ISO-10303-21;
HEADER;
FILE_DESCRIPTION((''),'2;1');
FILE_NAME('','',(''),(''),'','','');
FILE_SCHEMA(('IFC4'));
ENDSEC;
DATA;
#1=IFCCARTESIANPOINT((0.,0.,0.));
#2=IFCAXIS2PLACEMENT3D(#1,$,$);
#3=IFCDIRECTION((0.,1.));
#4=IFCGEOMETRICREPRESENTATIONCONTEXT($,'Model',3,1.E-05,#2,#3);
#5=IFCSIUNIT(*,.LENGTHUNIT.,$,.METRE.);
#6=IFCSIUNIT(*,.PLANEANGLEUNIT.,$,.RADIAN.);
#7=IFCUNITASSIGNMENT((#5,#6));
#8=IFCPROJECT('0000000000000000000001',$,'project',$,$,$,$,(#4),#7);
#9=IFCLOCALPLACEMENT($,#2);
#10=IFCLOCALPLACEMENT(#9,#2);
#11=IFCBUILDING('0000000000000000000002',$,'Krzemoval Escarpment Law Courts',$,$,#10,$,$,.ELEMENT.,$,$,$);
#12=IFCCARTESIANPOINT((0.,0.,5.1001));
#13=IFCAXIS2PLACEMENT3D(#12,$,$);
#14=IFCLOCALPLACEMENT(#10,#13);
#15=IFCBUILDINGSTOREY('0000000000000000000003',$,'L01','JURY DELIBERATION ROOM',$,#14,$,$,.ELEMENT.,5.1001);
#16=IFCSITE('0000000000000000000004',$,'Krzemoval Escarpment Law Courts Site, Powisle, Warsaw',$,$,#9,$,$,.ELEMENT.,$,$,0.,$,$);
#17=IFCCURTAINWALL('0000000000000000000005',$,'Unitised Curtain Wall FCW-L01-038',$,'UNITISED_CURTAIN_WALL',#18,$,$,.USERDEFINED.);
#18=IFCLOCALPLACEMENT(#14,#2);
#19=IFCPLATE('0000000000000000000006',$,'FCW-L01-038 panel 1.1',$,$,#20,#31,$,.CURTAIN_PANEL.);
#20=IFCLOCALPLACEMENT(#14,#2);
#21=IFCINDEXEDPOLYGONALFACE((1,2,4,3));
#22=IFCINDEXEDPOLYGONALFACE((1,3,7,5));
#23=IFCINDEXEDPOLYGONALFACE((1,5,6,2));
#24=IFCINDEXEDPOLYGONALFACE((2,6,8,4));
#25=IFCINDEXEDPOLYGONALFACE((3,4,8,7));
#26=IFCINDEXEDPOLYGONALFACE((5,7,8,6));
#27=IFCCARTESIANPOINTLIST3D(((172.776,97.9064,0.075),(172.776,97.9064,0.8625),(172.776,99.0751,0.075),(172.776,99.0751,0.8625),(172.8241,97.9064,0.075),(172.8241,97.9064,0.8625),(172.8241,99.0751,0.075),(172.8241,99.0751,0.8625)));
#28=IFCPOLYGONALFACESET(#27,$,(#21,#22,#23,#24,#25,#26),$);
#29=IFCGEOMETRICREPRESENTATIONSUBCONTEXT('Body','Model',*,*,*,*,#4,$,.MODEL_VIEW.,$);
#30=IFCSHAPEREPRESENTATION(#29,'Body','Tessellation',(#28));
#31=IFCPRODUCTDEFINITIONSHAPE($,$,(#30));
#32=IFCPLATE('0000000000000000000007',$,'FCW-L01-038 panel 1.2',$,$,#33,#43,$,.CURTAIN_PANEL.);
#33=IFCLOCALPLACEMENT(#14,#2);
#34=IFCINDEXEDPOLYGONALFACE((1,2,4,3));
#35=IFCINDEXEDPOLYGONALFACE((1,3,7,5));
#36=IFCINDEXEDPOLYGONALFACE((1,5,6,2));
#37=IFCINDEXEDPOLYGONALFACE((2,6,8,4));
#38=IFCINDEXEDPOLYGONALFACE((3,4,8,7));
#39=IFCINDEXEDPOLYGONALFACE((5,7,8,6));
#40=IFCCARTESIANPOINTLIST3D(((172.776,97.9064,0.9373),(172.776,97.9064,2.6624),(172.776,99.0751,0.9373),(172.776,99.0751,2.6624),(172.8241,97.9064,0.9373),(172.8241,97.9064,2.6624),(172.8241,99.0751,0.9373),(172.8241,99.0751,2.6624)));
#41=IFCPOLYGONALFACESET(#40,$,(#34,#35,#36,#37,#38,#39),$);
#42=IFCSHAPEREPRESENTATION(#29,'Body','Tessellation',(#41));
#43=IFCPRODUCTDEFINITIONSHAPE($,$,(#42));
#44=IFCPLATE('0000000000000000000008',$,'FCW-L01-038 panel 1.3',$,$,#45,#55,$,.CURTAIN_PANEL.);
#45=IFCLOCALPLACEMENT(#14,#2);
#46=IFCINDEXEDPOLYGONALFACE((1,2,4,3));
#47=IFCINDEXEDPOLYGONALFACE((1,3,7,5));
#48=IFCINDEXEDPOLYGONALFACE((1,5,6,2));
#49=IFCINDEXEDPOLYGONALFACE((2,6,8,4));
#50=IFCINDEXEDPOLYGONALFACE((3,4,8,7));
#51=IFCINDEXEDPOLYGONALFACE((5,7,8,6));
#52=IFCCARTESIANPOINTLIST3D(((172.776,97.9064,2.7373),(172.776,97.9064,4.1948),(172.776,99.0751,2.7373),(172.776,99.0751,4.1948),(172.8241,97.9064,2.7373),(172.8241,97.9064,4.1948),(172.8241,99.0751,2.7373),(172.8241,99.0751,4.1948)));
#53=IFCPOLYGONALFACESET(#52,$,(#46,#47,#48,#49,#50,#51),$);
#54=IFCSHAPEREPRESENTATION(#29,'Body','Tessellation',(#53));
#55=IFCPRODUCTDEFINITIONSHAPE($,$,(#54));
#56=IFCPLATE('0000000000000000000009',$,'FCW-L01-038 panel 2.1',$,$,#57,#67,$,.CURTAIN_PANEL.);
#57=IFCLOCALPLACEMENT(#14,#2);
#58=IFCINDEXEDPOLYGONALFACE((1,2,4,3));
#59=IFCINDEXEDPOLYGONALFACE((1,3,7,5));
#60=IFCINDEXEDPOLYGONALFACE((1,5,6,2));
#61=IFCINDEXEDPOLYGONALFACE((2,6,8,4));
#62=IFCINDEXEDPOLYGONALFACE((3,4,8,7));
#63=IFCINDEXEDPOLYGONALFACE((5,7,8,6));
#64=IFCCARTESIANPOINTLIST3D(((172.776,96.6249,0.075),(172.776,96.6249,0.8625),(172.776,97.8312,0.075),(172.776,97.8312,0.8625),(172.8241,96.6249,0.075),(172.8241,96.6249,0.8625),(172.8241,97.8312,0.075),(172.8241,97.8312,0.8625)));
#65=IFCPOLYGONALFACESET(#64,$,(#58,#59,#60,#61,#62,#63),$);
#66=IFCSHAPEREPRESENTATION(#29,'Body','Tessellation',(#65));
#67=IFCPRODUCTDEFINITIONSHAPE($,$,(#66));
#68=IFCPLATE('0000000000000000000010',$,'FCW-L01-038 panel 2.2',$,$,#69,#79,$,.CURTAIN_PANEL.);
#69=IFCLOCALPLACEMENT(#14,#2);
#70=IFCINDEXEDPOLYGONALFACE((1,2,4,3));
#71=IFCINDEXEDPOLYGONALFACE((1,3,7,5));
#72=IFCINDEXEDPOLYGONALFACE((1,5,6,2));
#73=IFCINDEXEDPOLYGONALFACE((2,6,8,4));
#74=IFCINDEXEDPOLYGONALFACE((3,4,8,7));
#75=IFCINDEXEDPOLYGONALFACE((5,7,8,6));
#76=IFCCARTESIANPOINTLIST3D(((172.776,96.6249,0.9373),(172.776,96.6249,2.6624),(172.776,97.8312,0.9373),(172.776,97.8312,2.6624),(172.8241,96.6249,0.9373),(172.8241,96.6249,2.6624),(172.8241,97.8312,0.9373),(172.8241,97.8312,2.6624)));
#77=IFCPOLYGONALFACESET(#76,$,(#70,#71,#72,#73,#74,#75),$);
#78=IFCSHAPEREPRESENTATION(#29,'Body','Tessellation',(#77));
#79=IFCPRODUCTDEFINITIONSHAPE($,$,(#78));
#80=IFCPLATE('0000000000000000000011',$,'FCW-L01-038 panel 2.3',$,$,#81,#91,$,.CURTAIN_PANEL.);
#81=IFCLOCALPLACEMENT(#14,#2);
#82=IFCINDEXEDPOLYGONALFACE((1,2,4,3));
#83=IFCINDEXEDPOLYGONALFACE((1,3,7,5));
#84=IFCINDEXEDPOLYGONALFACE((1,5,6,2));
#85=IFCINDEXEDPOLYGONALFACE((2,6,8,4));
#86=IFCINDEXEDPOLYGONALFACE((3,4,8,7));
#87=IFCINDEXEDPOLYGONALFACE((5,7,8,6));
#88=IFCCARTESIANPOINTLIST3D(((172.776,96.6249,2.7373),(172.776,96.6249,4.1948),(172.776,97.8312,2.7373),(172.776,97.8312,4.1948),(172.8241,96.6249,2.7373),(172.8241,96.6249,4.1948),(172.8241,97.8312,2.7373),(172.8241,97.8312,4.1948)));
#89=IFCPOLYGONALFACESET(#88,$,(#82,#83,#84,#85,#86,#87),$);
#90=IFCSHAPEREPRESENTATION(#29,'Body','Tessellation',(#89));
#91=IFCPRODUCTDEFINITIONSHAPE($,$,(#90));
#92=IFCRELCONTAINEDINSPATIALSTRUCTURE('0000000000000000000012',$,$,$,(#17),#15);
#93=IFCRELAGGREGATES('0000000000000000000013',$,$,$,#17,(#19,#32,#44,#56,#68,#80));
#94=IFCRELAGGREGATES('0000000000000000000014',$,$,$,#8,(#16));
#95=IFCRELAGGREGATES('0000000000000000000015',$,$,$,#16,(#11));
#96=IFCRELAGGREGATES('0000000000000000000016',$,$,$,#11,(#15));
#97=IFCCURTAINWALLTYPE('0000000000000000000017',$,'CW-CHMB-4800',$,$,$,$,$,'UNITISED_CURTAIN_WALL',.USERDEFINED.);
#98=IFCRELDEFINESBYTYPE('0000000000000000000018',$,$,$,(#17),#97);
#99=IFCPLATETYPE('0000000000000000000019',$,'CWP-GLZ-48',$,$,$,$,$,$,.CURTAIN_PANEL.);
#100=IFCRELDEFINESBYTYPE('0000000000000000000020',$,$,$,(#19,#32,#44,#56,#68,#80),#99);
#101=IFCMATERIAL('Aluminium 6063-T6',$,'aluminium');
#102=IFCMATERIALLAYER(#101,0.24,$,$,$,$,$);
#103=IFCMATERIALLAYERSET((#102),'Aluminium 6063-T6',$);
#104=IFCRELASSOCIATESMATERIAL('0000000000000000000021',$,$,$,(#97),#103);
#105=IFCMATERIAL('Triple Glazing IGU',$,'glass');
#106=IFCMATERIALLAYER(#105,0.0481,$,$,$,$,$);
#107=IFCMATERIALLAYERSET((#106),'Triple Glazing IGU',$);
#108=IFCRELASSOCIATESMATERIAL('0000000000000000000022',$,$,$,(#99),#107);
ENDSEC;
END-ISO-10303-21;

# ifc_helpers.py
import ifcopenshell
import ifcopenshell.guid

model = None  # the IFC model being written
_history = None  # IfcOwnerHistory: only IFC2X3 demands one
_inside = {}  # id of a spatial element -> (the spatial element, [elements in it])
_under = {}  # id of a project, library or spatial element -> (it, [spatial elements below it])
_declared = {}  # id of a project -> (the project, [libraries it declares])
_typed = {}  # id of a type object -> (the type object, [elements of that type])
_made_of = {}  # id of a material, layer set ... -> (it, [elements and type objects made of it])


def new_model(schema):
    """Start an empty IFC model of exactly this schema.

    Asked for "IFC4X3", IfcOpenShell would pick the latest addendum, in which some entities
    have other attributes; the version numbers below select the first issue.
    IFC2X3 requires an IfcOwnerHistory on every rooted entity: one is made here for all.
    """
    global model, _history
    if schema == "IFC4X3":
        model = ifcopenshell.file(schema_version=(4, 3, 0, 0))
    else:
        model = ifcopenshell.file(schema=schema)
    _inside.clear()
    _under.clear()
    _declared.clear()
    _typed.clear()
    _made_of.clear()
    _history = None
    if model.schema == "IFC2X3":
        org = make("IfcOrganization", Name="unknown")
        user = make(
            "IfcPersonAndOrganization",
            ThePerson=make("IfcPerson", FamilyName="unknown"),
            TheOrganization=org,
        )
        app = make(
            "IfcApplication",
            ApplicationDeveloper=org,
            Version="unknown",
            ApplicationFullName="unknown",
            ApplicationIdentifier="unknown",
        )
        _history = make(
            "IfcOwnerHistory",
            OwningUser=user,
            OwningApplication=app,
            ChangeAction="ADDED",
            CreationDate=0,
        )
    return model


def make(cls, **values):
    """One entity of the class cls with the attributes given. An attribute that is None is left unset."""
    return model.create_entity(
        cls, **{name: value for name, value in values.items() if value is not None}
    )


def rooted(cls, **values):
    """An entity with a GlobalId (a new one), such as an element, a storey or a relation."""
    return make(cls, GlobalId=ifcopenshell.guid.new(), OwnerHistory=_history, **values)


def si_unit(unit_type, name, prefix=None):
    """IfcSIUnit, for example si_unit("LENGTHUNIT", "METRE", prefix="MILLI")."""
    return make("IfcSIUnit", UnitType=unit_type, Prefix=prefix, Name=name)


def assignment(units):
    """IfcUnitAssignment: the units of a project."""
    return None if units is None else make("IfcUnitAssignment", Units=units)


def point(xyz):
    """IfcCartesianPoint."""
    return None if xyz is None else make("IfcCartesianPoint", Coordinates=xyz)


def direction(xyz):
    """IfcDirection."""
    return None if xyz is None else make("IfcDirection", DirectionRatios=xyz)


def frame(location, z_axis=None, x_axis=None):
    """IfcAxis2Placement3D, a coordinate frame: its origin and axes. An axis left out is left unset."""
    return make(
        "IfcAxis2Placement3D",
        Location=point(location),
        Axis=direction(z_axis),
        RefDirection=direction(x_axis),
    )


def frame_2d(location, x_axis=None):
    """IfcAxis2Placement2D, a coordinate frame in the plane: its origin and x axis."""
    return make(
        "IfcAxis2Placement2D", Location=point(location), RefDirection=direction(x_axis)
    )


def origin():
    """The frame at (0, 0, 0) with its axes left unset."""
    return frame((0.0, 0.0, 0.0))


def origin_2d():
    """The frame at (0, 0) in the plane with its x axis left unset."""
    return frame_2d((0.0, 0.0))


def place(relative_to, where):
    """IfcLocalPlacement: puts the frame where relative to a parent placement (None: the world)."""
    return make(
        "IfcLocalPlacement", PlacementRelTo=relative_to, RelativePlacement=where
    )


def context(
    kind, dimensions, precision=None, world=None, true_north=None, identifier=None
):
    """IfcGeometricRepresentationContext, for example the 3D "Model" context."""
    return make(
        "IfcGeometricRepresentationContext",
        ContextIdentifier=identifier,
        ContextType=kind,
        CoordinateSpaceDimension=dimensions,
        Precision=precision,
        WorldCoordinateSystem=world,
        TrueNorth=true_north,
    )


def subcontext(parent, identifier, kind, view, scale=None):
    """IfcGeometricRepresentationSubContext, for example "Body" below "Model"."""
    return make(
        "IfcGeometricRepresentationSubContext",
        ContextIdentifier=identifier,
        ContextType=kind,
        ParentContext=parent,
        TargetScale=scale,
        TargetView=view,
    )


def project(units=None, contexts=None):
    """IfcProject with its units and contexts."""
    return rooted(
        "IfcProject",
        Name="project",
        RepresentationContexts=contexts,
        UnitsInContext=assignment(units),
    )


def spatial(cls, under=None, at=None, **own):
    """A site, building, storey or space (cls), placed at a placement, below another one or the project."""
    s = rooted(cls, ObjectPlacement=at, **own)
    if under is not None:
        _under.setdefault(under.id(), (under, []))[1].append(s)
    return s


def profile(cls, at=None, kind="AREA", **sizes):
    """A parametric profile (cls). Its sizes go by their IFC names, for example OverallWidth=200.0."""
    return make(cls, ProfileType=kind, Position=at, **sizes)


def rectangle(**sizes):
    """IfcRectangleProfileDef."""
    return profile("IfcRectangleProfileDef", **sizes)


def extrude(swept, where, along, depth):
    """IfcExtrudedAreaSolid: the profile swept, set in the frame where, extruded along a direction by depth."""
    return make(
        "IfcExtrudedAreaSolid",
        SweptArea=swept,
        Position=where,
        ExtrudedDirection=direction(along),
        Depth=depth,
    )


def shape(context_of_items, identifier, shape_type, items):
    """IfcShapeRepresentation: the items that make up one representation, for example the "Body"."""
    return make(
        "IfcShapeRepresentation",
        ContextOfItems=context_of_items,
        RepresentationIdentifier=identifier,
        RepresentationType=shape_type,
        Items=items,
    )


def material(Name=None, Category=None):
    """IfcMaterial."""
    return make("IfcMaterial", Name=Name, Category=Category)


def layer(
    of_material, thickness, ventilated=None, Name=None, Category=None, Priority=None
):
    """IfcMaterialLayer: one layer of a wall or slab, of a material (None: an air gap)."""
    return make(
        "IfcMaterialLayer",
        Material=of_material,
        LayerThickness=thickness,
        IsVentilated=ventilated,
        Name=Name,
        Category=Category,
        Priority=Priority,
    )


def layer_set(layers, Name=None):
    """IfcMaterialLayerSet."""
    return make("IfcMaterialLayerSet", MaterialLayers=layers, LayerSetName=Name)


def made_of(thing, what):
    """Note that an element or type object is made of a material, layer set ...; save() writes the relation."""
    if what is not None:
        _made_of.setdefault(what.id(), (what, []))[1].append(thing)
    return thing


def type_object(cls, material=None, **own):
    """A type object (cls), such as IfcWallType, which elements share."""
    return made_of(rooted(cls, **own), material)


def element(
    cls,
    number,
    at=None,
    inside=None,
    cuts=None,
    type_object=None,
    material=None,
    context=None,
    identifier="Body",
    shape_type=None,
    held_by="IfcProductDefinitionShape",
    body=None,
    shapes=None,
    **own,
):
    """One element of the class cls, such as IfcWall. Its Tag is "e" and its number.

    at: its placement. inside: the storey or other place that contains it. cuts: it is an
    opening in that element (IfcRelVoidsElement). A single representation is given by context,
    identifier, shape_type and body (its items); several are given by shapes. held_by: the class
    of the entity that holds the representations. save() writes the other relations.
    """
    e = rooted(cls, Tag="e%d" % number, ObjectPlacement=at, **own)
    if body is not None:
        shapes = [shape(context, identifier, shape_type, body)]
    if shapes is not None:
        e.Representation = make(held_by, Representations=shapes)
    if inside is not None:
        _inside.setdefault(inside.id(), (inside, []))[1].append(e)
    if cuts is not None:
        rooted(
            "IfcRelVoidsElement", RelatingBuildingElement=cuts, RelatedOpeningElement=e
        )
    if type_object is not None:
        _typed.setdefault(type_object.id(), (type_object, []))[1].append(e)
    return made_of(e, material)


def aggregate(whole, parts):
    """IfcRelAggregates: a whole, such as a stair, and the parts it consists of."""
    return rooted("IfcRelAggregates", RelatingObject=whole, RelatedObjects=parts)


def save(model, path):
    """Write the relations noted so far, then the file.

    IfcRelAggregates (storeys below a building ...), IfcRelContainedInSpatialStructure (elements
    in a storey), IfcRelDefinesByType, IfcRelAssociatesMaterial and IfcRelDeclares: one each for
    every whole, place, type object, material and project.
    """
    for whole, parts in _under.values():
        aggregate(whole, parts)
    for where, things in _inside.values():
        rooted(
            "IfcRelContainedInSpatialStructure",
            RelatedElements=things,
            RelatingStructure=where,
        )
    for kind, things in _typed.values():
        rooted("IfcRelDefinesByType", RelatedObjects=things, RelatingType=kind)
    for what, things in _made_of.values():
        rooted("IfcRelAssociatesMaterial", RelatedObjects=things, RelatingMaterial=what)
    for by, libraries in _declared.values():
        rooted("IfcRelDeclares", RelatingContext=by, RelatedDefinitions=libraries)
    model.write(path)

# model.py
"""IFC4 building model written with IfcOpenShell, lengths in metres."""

from ifc_helpers import new_model, si_unit, direction, frame, origin, origin_2d, place, context, subcontext, project, spatial, rectangle, extrude, material, layer, layer_set, type_object, element, aggregate, save


model = new_model("IFC4")

# Units and contexts
model_context = context("Model", 3, precision=1e-05, world=origin(), true_north=direction((0.0, 1.0)))
body_context = subcontext(model_context, "Body", "Model", "MODEL_VIEW")
ifc_project = project(units=[si_unit("LENGTHUNIT", "METRE"), si_unit("PLANEANGLEUNIT", "RADIAN")], contexts=[model_context])

# Site, building, storey
site_placement = place(None, origin())
site = spatial("IfcSite", under=ifc_project, at=site_placement, Name="Krzemoval Escarpment Law Courts Site, Powisle, Warsaw", CompositionType="ELEMENT", RefElevation=0.0)
building_placement = place(site_placement, origin())
building = spatial("IfcBuilding", under=site, at=building_placement, Name="Krzemoval Escarpment Law Courts", CompositionType="ELEMENT")
storey_placement = place(building_placement, frame((0.0, 0.0, 5.1001)))
storey = spatial("IfcBuildingStorey", under=building, at=storey_placement, Name="L01", Description="JURY DELIBERATION ROOM", CompositionType="ELEMENT", Elevation=5.1001)

# Curtain wall
ifc_material_1 = material(Name="Aluminium 6063-T6", Category="aluminium")
ifc_layer_1 = layer(ifc_material_1, 0.24)
ifc_layer_set_1 = layer_set([ifc_layer_1], Name="Aluminium 6063-T6")
curtain_wall_type = type_object("IfcCurtainWallType", Name="CW-CHMB-4800", ElementType="UNITISED_CURTAIN_WALL", PredefinedType="USERDEFINED", material=ifc_layer_set_1)
curtain_wall_placement = place(storey_placement, origin())
curtain_wall = element("IfcCurtainWall", 1, at=curtain_wall_placement, inside=storey, type_object=curtain_wall_type, Name="Unitised Curtain Wall FCW-L01-038", ObjectType="UNITISED_CURTAIN_WALL", PredefinedType="USERDEFINED")

# Plates
ifc_material_2 = material(Name="Triple Glazing IGU", Category="glass")
ifc_layer_2 = layer(ifc_material_2, 0.0481)
ifc_layer_set_2 = layer_set([ifc_layer_2], Name="Triple Glazing IGU")
plate_type = type_object("IfcPlateType", Name="CWP-GLZ-48", PredefinedType="CURTAIN_PANEL", material=ifc_layer_set_2)
plate_1_placement = place(storey_placement, frame((172.8, 98.4907, 0.075), z_axis=(0.0, 0.0, 1.0), x_axis=(0.0, -1.0, 0.0)))
plate_1 = element("IfcPlate", 2, at=plate_1_placement, type_object=plate_type, Name="FCW-L01-038 panel 1.1", PredefinedType="CURTAIN_PANEL", context=body_context, shape_type="SweptSolid", body=[
    extrude(rectangle(XDim=1.1687, YDim=0.0481, at=origin_2d()), origin(), (0.0, 0.0, 1.0), 0.7876),
])
plate_2_placement = place(storey_placement, frame((172.8, 98.4907, 0.9373), z_axis=(0.0, 0.0, 1.0), x_axis=(0.0, -1.0, 0.0)))
plate_2 = element("IfcPlate", 3, at=plate_2_placement, type_object=plate_type, Name="FCW-L01-038 panel 1.2", PredefinedType="CURTAIN_PANEL", context=body_context, shape_type="SweptSolid", body=[
    extrude(rectangle(XDim=1.1687, YDim=0.0481, at=origin_2d()), origin(), (0.0, 0.0, 1.0), 1.7251),
])
plate_3_placement = place(storey_placement, frame((172.8, 98.4907, 2.7373), z_axis=(0.0, 0.0, 1.0), x_axis=(0.0, -1.0, 0.0)))
plate_3 = element("IfcPlate", 4, at=plate_3_placement, type_object=plate_type, Name="FCW-L01-038 panel 1.3", PredefinedType="CURTAIN_PANEL", context=body_context, shape_type="SweptSolid", body=[
    extrude(rectangle(XDim=1.1687, YDim=0.0481, at=origin_2d()), origin(), (0.0, 0.0, 1.0), 1.4575),
])
plate_4_placement = place(storey_placement, frame((172.8, 97.228, 0.075), z_axis=(0.0, 0.0, 1.0), x_axis=(0.0, -1.0, 0.0)))
plate_4 = element("IfcPlate", 5, at=plate_4_placement, type_object=plate_type, Name="FCW-L01-038 panel 2.1", PredefinedType="CURTAIN_PANEL", context=body_context, shape_type="SweptSolid", body=[
    extrude(rectangle(XDim=1.2063, YDim=0.0481, at=origin_2d()), origin(), (0.0, 0.0, 1.0), 0.7876),
])
plate_5_placement = place(storey_placement, frame((172.8, 97.228, 0.9373), z_axis=(0.0, 0.0, 1.0), x_axis=(0.0, -1.0, 0.0)))
plate_5 = element("IfcPlate", 6, at=plate_5_placement, type_object=plate_type, Name="FCW-L01-038 panel 2.2", PredefinedType="CURTAIN_PANEL", context=body_context, shape_type="SweptSolid", body=[
    extrude(rectangle(XDim=1.2063, YDim=0.0481, at=origin_2d()), origin(), (0.0, 0.0, 1.0), 1.7251),
])
plate_6_placement = place(storey_placement, frame((172.8, 97.228, 2.7373), z_axis=(0.0, 0.0, 1.0), x_axis=(0.0, -1.0, 0.0)))
plate_6 = element("IfcPlate", 7, at=plate_6_placement, type_object=plate_type, Name="FCW-L01-038 panel 2.3", PredefinedType="CURTAIN_PANEL", context=body_context, shape_type="SweptSolid", body=[
    extrude(rectangle(XDim=1.2063, YDim=0.0481, at=origin_2d()), origin(), (0.0, 0.0, 1.0), 1.4575),
])
aggregate(curtain_wall, [plate_1, plate_2, plate_3, plate_4, plate_5, plate_6])

save(model, "model.ifc")
